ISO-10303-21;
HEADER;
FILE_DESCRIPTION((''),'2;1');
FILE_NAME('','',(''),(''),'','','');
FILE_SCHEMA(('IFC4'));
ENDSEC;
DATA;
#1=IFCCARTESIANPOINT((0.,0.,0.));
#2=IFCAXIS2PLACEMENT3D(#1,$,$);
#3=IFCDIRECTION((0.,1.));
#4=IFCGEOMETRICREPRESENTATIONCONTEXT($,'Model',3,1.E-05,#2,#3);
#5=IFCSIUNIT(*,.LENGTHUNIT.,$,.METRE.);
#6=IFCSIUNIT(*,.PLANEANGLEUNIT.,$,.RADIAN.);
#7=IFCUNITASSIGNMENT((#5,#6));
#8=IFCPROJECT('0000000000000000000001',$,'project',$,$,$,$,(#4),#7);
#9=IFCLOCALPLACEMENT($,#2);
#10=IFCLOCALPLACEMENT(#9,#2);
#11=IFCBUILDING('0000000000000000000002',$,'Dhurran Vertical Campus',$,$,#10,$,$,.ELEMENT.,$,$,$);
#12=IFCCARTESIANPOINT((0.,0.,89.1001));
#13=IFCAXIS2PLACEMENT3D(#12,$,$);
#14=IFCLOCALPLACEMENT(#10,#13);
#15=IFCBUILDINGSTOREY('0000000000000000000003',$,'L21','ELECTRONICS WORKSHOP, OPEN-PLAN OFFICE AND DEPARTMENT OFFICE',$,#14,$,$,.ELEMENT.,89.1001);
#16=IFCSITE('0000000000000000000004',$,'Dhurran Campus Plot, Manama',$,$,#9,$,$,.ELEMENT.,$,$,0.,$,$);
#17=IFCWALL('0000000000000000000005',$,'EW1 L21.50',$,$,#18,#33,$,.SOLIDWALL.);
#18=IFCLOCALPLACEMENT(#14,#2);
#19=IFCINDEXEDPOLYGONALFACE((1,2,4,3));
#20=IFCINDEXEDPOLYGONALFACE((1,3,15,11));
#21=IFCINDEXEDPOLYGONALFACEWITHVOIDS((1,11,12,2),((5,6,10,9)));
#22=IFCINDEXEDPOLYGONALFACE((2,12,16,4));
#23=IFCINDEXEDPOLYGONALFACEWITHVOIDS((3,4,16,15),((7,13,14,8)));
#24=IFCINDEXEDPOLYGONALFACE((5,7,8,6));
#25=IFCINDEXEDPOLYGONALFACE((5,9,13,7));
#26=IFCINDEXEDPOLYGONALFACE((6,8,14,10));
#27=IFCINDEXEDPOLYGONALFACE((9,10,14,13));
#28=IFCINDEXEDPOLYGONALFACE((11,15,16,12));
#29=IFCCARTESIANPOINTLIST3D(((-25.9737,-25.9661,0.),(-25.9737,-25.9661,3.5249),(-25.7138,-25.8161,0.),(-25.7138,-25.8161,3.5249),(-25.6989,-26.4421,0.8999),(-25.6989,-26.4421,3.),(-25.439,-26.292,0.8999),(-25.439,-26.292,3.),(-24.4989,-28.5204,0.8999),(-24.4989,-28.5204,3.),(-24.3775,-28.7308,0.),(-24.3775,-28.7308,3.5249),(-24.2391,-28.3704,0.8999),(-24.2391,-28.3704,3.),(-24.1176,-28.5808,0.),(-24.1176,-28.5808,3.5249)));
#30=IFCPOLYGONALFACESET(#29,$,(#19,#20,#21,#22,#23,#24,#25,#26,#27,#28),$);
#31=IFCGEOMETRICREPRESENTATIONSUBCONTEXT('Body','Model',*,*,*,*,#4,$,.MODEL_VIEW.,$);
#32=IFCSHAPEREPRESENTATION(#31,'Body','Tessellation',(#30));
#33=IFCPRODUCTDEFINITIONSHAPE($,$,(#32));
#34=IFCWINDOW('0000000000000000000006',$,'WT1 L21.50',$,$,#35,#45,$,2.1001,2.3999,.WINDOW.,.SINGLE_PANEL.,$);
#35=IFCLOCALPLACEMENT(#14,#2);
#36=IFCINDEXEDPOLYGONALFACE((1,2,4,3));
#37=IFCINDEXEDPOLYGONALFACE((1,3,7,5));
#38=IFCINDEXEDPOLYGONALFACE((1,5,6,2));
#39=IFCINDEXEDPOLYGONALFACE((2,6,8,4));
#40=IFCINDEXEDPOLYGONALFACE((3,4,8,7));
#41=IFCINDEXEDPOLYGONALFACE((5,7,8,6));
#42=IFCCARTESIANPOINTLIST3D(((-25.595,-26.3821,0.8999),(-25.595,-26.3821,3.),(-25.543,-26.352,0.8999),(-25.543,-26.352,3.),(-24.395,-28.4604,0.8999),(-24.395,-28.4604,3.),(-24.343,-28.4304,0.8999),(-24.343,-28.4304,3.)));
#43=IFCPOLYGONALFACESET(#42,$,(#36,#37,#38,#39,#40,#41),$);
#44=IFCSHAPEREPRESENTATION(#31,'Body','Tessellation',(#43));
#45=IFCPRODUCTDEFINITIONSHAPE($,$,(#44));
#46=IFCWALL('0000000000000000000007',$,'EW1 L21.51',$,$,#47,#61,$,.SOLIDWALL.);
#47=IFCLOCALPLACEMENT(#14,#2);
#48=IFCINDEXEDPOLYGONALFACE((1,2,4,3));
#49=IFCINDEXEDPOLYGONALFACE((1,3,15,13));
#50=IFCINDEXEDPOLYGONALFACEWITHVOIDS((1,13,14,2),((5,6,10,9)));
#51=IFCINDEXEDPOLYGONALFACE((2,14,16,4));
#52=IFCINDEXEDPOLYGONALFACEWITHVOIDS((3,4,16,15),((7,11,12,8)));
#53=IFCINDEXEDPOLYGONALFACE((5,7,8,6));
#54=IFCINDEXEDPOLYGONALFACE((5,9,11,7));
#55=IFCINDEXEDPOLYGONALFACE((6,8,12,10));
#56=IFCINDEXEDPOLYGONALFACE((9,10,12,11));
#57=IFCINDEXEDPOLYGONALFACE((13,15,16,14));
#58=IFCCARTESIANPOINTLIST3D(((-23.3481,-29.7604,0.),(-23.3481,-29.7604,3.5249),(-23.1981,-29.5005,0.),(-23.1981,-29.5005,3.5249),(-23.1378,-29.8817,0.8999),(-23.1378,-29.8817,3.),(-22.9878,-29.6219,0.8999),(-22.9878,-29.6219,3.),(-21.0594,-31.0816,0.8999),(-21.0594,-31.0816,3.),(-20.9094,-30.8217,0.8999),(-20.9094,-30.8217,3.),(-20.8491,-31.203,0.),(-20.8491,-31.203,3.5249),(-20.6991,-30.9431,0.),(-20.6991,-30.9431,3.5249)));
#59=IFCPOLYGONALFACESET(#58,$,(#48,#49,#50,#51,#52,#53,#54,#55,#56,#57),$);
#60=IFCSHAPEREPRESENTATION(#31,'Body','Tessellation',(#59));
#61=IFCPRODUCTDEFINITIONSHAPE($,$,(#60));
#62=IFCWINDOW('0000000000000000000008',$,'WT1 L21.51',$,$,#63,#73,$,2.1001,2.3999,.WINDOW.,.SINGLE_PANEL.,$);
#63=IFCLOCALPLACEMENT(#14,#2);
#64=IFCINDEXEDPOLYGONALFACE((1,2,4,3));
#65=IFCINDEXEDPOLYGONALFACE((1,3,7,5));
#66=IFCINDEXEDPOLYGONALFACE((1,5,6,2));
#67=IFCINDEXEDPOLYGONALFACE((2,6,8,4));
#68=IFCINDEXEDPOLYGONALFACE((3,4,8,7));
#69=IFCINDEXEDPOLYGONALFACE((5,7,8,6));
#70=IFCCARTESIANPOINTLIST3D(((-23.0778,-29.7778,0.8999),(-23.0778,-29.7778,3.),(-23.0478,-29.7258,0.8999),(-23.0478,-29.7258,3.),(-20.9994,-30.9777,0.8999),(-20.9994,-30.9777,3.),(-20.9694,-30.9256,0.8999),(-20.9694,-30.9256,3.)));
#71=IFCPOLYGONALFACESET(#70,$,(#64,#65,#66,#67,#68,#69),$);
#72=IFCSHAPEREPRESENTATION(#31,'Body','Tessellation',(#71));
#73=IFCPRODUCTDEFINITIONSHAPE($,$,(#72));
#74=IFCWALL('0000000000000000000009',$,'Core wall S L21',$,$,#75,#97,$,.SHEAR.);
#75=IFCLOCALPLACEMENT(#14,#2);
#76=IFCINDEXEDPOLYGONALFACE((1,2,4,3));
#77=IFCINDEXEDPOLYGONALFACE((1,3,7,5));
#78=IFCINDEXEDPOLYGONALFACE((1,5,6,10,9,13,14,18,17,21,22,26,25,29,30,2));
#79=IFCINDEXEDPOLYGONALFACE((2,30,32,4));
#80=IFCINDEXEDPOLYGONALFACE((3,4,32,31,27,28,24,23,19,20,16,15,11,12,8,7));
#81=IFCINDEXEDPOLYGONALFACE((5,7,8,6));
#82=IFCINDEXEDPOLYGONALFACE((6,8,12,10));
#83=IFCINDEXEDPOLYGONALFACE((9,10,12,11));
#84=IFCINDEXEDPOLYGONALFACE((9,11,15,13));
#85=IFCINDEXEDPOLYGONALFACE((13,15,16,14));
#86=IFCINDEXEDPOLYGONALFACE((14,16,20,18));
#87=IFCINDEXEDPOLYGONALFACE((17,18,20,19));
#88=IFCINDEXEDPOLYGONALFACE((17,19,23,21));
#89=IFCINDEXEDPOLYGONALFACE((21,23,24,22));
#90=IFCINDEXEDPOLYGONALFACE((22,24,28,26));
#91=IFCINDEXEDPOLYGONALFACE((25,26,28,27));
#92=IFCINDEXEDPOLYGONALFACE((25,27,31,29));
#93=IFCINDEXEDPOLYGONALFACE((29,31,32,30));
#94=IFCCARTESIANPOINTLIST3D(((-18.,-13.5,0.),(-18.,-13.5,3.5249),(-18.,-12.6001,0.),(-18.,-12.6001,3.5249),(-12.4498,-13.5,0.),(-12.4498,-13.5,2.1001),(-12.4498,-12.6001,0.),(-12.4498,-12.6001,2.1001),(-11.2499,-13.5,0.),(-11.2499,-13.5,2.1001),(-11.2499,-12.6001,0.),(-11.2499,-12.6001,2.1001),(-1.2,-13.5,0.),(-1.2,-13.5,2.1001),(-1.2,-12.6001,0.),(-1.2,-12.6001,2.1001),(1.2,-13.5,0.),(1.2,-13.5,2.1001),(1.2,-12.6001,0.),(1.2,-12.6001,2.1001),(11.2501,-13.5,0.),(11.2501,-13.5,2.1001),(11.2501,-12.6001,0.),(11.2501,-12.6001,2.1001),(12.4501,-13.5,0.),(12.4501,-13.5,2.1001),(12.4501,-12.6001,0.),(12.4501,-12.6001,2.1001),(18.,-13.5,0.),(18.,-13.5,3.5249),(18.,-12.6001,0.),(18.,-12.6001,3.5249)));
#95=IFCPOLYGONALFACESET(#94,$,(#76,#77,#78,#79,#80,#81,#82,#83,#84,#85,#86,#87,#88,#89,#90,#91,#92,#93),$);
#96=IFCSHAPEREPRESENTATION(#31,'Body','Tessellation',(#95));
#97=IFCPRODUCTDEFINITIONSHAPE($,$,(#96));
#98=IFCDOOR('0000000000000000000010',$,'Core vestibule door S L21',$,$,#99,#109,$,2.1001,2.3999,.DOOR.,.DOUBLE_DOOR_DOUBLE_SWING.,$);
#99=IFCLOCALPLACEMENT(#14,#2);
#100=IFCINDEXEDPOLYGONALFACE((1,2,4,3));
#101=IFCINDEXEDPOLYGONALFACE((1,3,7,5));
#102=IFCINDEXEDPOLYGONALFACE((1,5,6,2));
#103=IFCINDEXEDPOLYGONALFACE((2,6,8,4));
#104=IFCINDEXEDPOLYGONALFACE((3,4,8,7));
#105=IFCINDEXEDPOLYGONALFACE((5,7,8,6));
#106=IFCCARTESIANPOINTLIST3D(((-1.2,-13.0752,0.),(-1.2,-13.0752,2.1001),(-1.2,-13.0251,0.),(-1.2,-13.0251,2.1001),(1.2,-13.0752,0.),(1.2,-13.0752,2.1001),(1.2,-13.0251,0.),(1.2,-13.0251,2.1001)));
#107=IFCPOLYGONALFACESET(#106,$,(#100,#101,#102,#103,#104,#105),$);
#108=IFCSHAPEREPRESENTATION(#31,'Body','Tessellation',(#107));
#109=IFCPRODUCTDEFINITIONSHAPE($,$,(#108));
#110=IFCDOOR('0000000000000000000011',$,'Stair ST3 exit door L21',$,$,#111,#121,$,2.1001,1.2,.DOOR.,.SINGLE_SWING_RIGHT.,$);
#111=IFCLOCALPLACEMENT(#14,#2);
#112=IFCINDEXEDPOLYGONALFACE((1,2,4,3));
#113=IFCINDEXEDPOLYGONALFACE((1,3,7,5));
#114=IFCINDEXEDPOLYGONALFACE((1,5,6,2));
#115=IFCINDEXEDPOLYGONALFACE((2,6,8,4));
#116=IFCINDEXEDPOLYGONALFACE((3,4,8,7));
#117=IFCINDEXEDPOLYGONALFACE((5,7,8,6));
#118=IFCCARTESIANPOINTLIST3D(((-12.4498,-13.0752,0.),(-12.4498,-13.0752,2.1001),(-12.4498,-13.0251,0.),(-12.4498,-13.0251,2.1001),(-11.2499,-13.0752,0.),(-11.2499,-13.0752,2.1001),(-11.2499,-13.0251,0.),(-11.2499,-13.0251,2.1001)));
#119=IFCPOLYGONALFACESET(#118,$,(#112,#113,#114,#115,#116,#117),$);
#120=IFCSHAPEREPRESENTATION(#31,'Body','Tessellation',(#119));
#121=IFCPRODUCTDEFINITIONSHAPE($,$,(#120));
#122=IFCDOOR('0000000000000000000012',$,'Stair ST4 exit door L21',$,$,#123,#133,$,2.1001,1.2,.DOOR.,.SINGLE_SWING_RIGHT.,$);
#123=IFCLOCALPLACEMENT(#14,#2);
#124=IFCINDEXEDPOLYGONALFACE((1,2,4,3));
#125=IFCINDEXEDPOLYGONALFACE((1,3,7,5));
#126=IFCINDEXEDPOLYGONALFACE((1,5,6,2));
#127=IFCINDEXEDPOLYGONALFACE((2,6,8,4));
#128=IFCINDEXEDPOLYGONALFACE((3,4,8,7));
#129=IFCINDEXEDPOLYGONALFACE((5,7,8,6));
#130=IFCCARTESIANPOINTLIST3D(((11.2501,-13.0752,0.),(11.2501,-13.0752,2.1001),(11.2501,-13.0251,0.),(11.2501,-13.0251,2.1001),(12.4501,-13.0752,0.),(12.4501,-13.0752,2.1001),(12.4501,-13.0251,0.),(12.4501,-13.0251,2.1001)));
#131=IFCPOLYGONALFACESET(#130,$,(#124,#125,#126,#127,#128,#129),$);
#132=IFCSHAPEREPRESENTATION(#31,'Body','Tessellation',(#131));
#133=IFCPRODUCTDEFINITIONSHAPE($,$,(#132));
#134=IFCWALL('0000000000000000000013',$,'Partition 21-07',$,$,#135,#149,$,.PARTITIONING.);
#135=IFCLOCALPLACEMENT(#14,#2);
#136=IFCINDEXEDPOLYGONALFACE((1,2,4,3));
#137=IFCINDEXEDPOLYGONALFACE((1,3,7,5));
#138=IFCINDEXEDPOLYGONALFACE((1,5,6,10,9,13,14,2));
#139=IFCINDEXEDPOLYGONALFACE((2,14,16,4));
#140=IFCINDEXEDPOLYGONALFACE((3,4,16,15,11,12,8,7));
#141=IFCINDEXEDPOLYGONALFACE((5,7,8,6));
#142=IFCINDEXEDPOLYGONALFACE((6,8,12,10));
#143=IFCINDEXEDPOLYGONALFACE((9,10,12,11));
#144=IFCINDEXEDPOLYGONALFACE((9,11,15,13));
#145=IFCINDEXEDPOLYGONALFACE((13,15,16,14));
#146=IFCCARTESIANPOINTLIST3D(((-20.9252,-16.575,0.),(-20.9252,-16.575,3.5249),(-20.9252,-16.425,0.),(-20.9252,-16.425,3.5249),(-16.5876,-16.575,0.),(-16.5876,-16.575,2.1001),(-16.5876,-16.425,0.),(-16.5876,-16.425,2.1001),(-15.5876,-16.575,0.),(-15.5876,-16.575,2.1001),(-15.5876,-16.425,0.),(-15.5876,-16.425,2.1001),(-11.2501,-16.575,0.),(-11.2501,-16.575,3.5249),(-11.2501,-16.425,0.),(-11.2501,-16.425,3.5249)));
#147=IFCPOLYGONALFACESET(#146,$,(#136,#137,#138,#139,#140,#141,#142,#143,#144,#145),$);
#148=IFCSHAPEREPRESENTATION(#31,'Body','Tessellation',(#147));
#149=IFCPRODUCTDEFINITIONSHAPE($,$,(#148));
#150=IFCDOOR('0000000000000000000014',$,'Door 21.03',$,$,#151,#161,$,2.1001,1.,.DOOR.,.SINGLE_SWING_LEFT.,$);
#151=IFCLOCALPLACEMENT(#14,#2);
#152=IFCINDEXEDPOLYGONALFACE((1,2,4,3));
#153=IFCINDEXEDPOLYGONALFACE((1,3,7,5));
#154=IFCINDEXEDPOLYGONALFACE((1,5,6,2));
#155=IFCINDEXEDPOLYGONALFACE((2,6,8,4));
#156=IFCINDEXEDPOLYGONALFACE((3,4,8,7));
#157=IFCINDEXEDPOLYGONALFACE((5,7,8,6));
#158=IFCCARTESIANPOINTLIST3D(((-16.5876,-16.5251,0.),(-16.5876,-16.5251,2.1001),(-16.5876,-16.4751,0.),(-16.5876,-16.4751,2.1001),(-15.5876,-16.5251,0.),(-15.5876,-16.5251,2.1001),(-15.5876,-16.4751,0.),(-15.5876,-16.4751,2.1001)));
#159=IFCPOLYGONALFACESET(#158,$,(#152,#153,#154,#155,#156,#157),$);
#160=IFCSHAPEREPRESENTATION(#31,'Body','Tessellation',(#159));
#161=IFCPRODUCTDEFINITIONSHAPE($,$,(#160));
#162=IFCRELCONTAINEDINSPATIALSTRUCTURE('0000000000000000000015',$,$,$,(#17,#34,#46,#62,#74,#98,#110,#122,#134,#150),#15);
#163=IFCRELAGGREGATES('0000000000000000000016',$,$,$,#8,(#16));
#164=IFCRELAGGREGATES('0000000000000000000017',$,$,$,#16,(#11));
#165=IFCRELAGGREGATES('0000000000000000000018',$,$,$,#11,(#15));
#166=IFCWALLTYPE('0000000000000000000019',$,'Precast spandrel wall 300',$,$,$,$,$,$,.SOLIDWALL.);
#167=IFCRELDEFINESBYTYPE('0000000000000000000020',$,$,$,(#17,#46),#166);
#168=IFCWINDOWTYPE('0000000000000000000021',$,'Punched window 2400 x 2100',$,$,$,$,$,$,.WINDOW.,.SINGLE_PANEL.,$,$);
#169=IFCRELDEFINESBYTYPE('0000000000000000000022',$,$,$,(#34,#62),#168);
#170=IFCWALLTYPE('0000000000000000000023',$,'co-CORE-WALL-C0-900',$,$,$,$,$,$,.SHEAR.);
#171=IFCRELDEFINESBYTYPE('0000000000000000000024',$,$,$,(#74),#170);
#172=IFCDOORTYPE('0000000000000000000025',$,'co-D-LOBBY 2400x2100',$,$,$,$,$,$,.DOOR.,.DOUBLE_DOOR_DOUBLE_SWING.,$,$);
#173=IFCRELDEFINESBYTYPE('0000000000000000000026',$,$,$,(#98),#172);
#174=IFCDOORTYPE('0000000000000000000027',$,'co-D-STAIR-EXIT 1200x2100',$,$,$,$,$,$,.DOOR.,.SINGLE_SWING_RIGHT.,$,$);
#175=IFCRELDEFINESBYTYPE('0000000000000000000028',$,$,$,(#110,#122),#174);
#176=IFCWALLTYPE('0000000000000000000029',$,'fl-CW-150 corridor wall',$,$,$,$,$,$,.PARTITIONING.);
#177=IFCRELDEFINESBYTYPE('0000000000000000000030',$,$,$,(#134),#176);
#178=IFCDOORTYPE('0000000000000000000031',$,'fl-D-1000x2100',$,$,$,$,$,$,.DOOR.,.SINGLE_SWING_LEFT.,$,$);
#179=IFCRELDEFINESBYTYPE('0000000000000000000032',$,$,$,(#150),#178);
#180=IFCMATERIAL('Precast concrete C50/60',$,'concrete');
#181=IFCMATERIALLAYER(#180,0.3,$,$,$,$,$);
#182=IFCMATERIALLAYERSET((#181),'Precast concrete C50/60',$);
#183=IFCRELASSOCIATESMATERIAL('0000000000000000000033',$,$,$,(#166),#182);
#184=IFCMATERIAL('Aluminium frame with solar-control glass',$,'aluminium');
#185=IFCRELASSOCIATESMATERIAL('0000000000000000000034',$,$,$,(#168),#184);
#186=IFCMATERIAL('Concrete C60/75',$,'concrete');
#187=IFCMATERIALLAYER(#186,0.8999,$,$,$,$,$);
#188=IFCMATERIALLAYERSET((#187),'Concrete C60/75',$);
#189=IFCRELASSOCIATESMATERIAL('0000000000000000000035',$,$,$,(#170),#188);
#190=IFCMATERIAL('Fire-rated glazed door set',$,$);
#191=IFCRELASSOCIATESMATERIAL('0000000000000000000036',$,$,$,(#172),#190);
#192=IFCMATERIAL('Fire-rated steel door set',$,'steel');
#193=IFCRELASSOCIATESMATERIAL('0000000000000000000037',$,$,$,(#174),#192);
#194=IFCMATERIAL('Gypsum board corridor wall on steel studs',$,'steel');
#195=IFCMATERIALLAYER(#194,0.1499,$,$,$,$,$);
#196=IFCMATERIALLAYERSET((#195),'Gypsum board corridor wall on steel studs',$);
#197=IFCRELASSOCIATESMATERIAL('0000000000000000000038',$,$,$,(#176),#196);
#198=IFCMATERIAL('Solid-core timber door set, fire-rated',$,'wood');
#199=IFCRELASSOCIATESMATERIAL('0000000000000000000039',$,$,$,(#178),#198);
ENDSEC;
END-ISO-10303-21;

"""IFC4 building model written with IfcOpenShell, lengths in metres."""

from ifc_helpers import new_model, si_unit, direction, frame, frame_2d, origin, place, context, subcontext, project, spatial, rectangle, extrude, material, layer, layer_set, type_object, element, fill, save


model = new_model("IFC4")

# Units and contexts
model_context = context("Model", 3, precision=1e-05, world=origin(), true_north=direction((0.0, 1.0)))
body_context = subcontext(model_context, "Body", "Model", "MODEL_VIEW")
ifc_project = project(units=[si_unit("LENGTHUNIT", "METRE"), si_unit("PLANEANGLEUNIT", "RADIAN")], contexts=[model_context])

# Site, building, storey
site_placement = place(None, origin())
site = spatial("IfcSite", under=ifc_project, at=site_placement, Name="Dhurran Campus Plot, Manama", CompositionType="ELEMENT", RefElevation=0.0)
building_placement = place(site_placement, origin())
building = spatial("IfcBuilding", under=site, at=building_placement, Name="Dhurran Vertical Campus", CompositionType="ELEMENT")
storey_placement = place(building_placement, frame((0.0, 0.0, 89.1001)))
storey = spatial("IfcBuildingStorey", under=building, at=storey_placement, Name="L21", Description="ELECTRONICS WORKSHOP, OPEN-PLAN OFFICE AND DEPARTMENT OFFICE", CompositionType="ELEMENT", Elevation=89.1001)

# Walls, openings, windows
ifc_material_1 = material(Name="Precast concrete C50/60", Category="concrete")
ifc_layer_1 = layer(ifc_material_1, 0.3)
ifc_layer_set_1 = layer_set([ifc_layer_1], Name="Precast concrete C50/60")
wall_type_1 = type_object("IfcWallType", Name="Precast spandrel wall 300", PredefinedType="SOLIDWALL", material=ifc_layer_set_1)
ifc_material_2 = material(Name="Aluminium frame with solar-control glass", Category="aluminium")
window_type = type_object("IfcWindowType", Name="Punched window 2400 x 2100", PartitioningType="SINGLE_PANEL", PredefinedType="WINDOW", material=ifc_material_2)
wall_1_placement = place(storey_placement, frame((-25.8438, -25.8911, 0.0), z_axis=(0.0, 0.0, 1.0), x_axis=(0.500005, -0.866023, 0.0)))
wall_1 = element("IfcWall", 1, at=wall_1_placement, inside=storey, type_object=wall_type_1, Name="EW1 L21.50", PredefinedType="SOLIDWALL", context=body_context, shape_type="SweptSolid", body=[
    extrude(rectangle(XDim=3.1924, YDim=0.3, at=frame_2d((1.5962, 0.0))), origin(), (0.0, 0.0, 1.0), 3.5249),
])
opening_1_placement = place(wall_1_placement, frame((0.5496, 0.0, 0.8999)))
opening_1 = element("IfcOpeningElement", 2, at=opening_1_placement, cuts=wall_1, PredefinedType="OPENING", context=body_context, shape_type="SweptSolid", body=[
    extrude(rectangle(XDim=2.3999, YDim=2.1001, at=frame_2d((1.2, 1.05))), frame((0.0, 0.1599, 0.0), z_axis=(0.0, -1.0, 0.0), x_axis=(1.0, 0.0, 0.0)), (0.0, 0.0, 1.0), 0.3201),
])
window_1_placement = place(opening_1_placement, origin())
window_1 = element("IfcWindow", 3, at=window_1_placement, inside=storey, type_object=window_type, Name="WT1 L21.50", OverallHeight=2.1001, OverallWidth=2.3999, PartitioningType="SINGLE_PANEL", PredefinedType="WINDOW", context=body_context, shape_type="SweptSolid", body=[
    extrude(rectangle(XDim=2.3999, YDim=2.1001, at=frame_2d((1.2, 1.05))), frame((0.0, 0.03, 0.0), z_axis=(0.0, -1.0, 0.0), x_axis=(1.0, 0.0, 0.0)), (0.0, 0.0, 1.0), 0.0601),
])
fill(opening_1, window_1)
wall_2_placement = place(storey_placement, frame((-23.2732, -29.6304, 0.0), z_axis=(0.0, 0.0, 1.0), x_axis=(0.866053, -0.499952, 0.0)))
wall_2 = element("IfcWall", 4, at=wall_2_placement, inside=storey, type_object=wall_type_1, Name="EW1 L21.51", PredefinedType="SOLIDWALL", context=body_context, shape_type="SweptSolid", body=[
    extrude(rectangle(XDim=2.8855, YDim=0.3, at=frame_2d((1.4429, 0.0))), origin(), (0.0, 0.0, 1.0), 3.5249),
])
opening_2_placement = place(wall_2_placement, frame((0.2429, 0.0, 0.8999)))
opening_2 = element("IfcOpeningElement", 5, at=opening_2_placement, cuts=wall_2, PredefinedType="OPENING", context=body_context, shape_type="SweptSolid", body=[
    extrude(rectangle(XDim=2.3999, YDim=2.1001, at=frame_2d((1.2, 1.05))), frame((0.0, 0.1599, 0.0), z_axis=(0.0, -1.0, 0.0), x_axis=(1.0, 0.0, 0.0)), (0.0, 0.0, 1.0), 0.3201),
])
window_2_placement = place(opening_2_placement, origin())
window_2 = element("IfcWindow", 6, at=window_2_placement, inside=storey, type_object=window_type, Name="WT1 L21.51", OverallHeight=2.1001, OverallWidth=2.3999, PartitioningType="SINGLE_PANEL", PredefinedType="WINDOW", context=body_context, shape_type="SweptSolid", body=[
    extrude(rectangle(XDim=2.3999, YDim=2.1001, at=frame_2d((1.2, 1.05))), frame((0.0, 0.03, 0.0), z_axis=(0.0, -1.0, 0.0), x_axis=(1.0, 0.0, 0.0)), (0.0, 0.0, 1.0), 0.0601),
])
fill(opening_2, window_2)

# Wall, openings, doors
ifc_material_3 = material(Name="Concrete C60/75", Category="concrete")
ifc_layer_2 = layer(ifc_material_3, 0.8999)
ifc_layer_set_2 = layer_set([ifc_layer_2], Name="Concrete C60/75")
wall_type_2 = type_object("IfcWallType", Name="co-CORE-WALL-C0-900", PredefinedType="SHEAR", material=ifc_layer_set_2)
wall_3_placement = place(storey_placement, frame((-18.0, -13.05, 0.0), z_axis=(0.0, 0.0, 1.0), x_axis=(1.0, 0.0, 0.0)))
wall_3 = element("IfcWall", 7, at=wall_3_placement, inside=storey, type_object=wall_type_2, Name="Core wall S L21", PredefinedType="SHEAR", context=body_context, shape_type="SweptSolid", body=[
    extrude(rectangle(XDim=36.0, YDim=0.8999, at=frame_2d((18.0, 0.0))), origin(), (0.0, 0.0, 1.0), 3.5249),
])
opening_3_placement = place(wall_3_placement, frame((16.8, 0.0, 0.0)))
opening_3 = element("IfcOpeningElement", 8, at=opening_3_placement, cuts=wall_3, PredefinedType="OPENING", context=body_context, shape_type="SweptSolid", body=[
    extrude(rectangle(XDim=2.3999, YDim=2.1001, at=frame_2d((1.2, 1.05))), frame((0.0, 0.46, 0.0), z_axis=(0.0, -1.0, 0.0), x_axis=(1.0, 0.0, 0.0)), (0.0, 0.0, 1.0), 0.9199),
])
opening_4_placement = place(wall_3_placement, frame((5.55, 0.0, 0.0)))
opening_4 = element("IfcOpeningElement", 9, at=opening_4_placement, cuts=wall_3, PredefinedType="OPENING", context=body_context, shape_type="SweptSolid", body=[
    extrude(rectangle(XDim=1.2, YDim=2.1001, at=frame_2d((0.6001, 1.05))), frame((0.0, 0.46, 0.0), z_axis=(0.0, -1.0, 0.0), x_axis=(1.0, 0.0, 0.0)), (0.0, 0.0, 1.0), 0.9199),
])
opening_5_placement = place(wall_3_placement, frame((29.25, 0.0, 0.0)))
opening_5 = element("IfcOpeningElement", 10, at=opening_5_placement, cuts=wall_3, PredefinedType="OPENING", context=body_context, shape_type="SweptSolid", body=[
    extrude(rectangle(XDim=1.2, YDim=2.1001, at=frame_2d((0.6001, 1.05))), frame((0.0, 0.46, 0.0), z_axis=(0.0, -1.0, 0.0), x_axis=(1.0, 0.0, 0.0)), (0.0, 0.0, 1.0), 0.9199),
])
ifc_material_4 = material(Name="Fire-rated glazed door set")
door_type_1 = type_object("IfcDoorType", Name="co-D-LOBBY 2400x2100", OperationType="DOUBLE_DOOR_DOUBLE_SWING", PredefinedType="DOOR", material=ifc_material_4)
door_1_placement = place(opening_3_placement, origin())
door_1 = element("IfcDoor", 11, at=door_1_placement, inside=storey, type_object=door_type_1, Name="Core vestibule door S L21", OperationType="DOUBLE_DOOR_DOUBLE_SWING", OverallHeight=2.1001, OverallWidth=2.3999, PredefinedType="DOOR", context=body_context, shape_type="SweptSolid", body=[
    extrude(rectangle(XDim=2.3999, YDim=2.1001, at=frame_2d((1.2, 1.05))), frame((0.0, 0.0249, 0.0), z_axis=(0.0, -1.0, 0.0), x_axis=(1.0, 0.0, 0.0)), (0.0, 0.0, 1.0), 0.05),
])
fill(opening_3, door_1)
ifc_material_5 = material(Name="Fire-rated steel door set", Category="steel")
door_type_2 = type_object("IfcDoorType", Name="co-D-STAIR-EXIT 1200x2100", OperationType="SINGLE_SWING_RIGHT", PredefinedType="DOOR", material=ifc_material_5)
door_2_placement = place(opening_4_placement, origin())
door_2 = element("IfcDoor", 12, at=door_2_placement, inside=storey, type_object=door_type_2, Name="Stair ST3 exit door L21", OperationType="SINGLE_SWING_RIGHT", OverallHeight=2.1001, OverallWidth=1.2, PredefinedType="DOOR", context=body_context, shape_type="SweptSolid", body=[
    extrude(rectangle(XDim=1.2, YDim=2.1001, at=frame_2d((0.6001, 1.05))), frame((0.0, 0.0249, 0.0), z_axis=(0.0, -1.0, 0.0), x_axis=(1.0, 0.0, 0.0)), (0.0, 0.0, 1.0), 0.05),
])
fill(opening_4, door_2)
door_3_placement = place(opening_5_placement, origin())
door_3 = element("IfcDoor", 13, at=door_3_placement, inside=storey, type_object=door_type_2, Name="Stair ST4 exit door L21", OperationType="SINGLE_SWING_RIGHT", OverallHeight=2.1001, OverallWidth=1.2, PredefinedType="DOOR", context=body_context, shape_type="SweptSolid", body=[
    extrude(rectangle(XDim=1.2, YDim=2.1001, at=frame_2d((0.6001, 1.05))), frame((0.0, 0.0249, 0.0), z_axis=(0.0, -1.0, 0.0), x_axis=(1.0, 0.0, 0.0)), (0.0, 0.0, 1.0), 0.05),
])
fill(opening_5, door_3)

# Wall, opening, door
ifc_material_6 = material(Name="Gypsum board corridor wall on steel studs", Category="steel")
ifc_layer_3 = layer(ifc_material_6, 0.1499)
ifc_layer_set_3 = layer_set([ifc_layer_3], Name="Gypsum board corridor wall on steel studs")
wall_type_3 = type_object("IfcWallType", Name="fl-CW-150 corridor wall", PredefinedType="PARTITIONING", material=ifc_layer_set_3)
wall_4_placement = place(storey_placement, frame((-20.925, -16.5, 0.0), z_axis=(0.0, 0.0, 1.0), x_axis=(1.0, 0.0, 0.0)))
wall_4 = element("IfcWall", 14, at=wall_4_placement, inside=storey, type_object=wall_type_3, Name="Partition 21-07", PredefinedType="PARTITIONING", context=body_context, shape_type="SweptSolid", body=[
    extrude(rectangle(XDim=9.675, YDim=0.1499, at=frame_2d((4.8374, 0.0))), origin(), (0.0, 0.0, 1.0), 3.5249),
])
opening_6_placement = place(wall_4_placement, frame((4.3374, 0.0, 0.0)))
opening_6 = element("IfcOpeningElement", 15, at=opening_6_placement, cuts=wall_4, PredefinedType="OPENING", context=body_context, shape_type="SweptSolid", body=[
    extrude(rectangle(XDim=1.0, YDim=2.1001, at=frame_2d((0.5, 1.05))), frame((0.0, 0.085, 0.0), z_axis=(0.0, -1.0, 0.0), x_axis=(1.0, 0.0, 0.0)), (0.0, 0.0, 1.0), 0.1699),
])
ifc_material_7 = material(Name="Solid-core timber door set, fire-rated", Category="wood")
door_type_3 = type_object("IfcDoorType", Name="fl-D-1000x2100", OperationType="SINGLE_SWING_LEFT", PredefinedType="DOOR", material=ifc_material_7)
door_4_placement = place(opening_6_placement, origin())
door_4 = element("IfcDoor", 16, at=door_4_placement, inside=storey, type_object=door_type_3, Name="Door 21.03", OperationType="SINGLE_SWING_LEFT", OverallHeight=2.1001, OverallWidth=1.0, PredefinedType="DOOR", context=body_context, shape_type="SweptSolid", body=[
    extrude(rectangle(XDim=1.0, YDim=2.1001, at=frame_2d((0.5, 1.05))), frame((0.0, 0.0249, 0.0), z_axis=(0.0, -1.0, 0.0), x_axis=(1.0, 0.0, 0.0)), (0.0, 0.0, 1.0), 0.05),
])
fill(opening_6, door_4)

save(model, "model.ifc")
